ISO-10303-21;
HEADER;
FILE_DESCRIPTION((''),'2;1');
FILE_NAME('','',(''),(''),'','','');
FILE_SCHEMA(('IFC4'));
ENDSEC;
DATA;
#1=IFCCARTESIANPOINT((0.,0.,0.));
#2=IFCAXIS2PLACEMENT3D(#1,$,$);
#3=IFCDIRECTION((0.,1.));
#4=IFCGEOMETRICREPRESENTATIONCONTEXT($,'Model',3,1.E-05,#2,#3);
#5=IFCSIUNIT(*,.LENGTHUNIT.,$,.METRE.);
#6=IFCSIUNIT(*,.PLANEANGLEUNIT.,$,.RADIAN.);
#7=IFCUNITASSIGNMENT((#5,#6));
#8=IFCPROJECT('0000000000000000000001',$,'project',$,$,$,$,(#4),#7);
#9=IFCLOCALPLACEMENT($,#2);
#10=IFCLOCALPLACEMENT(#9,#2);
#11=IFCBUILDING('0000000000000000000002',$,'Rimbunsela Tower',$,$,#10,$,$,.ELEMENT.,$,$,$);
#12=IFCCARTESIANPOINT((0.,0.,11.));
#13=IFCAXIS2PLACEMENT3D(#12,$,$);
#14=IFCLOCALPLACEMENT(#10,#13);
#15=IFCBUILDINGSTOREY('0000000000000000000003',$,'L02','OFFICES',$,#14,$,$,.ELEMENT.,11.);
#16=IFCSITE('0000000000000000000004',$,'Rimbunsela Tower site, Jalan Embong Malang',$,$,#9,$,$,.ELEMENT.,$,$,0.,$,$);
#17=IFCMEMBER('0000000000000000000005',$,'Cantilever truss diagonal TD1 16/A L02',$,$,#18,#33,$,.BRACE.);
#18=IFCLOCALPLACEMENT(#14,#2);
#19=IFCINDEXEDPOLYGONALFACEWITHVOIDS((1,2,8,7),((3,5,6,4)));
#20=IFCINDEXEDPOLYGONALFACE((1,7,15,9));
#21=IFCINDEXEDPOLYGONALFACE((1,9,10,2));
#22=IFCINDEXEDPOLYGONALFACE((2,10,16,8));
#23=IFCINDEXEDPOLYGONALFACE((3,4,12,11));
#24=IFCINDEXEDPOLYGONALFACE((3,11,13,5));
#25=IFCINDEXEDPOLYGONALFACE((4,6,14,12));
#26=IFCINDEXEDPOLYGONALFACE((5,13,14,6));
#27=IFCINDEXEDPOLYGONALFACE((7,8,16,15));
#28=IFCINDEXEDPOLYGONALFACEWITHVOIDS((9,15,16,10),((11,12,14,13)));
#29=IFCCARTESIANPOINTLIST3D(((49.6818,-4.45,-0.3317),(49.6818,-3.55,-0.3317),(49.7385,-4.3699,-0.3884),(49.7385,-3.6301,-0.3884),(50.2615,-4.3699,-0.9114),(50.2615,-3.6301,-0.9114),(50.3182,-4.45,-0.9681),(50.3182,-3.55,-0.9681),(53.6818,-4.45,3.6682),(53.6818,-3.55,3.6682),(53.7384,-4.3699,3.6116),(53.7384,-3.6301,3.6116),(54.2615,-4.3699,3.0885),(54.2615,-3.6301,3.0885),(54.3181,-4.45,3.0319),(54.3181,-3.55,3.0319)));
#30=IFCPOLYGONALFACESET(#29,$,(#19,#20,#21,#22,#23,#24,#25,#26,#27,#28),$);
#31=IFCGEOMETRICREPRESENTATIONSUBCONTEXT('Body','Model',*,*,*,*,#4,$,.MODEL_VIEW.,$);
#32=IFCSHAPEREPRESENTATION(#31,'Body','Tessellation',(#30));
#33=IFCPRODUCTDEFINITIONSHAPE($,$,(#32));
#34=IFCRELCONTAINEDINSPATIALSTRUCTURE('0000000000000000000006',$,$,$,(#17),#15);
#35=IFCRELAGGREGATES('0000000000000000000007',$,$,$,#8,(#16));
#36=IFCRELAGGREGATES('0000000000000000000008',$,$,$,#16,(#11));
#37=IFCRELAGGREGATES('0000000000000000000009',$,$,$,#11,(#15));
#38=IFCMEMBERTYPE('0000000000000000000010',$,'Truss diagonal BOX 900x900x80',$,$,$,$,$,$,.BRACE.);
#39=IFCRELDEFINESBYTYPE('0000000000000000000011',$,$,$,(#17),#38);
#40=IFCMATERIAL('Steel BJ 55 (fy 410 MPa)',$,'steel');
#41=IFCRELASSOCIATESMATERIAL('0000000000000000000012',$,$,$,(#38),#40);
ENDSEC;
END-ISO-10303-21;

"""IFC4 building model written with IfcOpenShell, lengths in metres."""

from ifc_helpers import new_model, si_unit, direction, frame, origin, origin_2d, place, context, subcontext, project, spatial, hollow_rectangle, extrude, material, material_profile, profile_set, type_object, element, save


model = new_model("IFC4")

# Units and contexts
model_context = context("Model", 3, precision=1e-05, world=origin(), true_north=direction((0.0, 1.0)))
body_context = subcontext(model_context, "Body", "Model", "MODEL_VIEW")
ifc_project = project(units=[si_unit("LENGTHUNIT", "METRE"), si_unit("PLANEANGLEUNIT", "RADIAN")], contexts=[model_context])

# Site, building, storey
site_placement = place(None, origin())
site = spatial("IfcSite", under=ifc_project, at=site_placement, Name="Rimbunsela Tower site, Jalan Embong Malang", CompositionType="ELEMENT", RefElevation=0.0)
building_placement = place(site_placement, origin())
building = spatial("IfcBuilding", under=site, at=building_placement, Name="Rimbunsela Tower", CompositionType="ELEMENT")
storey_placement = place(building_placement, frame((0.0, 0.0, 11.0)))
storey = spatial("IfcBuildingStorey", under=building, at=storey_placement, Name="L02", Description="OFFICES", CompositionType="ELEMENT", Elevation=11.0)

# Member
ifc_material_1 = material(Name="Steel BJ 55 (fy 410 MPa)", Category="steel")
ifc_material_profile_1 = material_profile(ifc_material_1, hollow_rectangle(XDim=0.8999, YDim=0.8999, WallThickness=0.0801, at=origin_2d()), Name="BOX 900x900x80")
ifc_profile_set_1 = profile_set([ifc_material_profile_1], Name="Steel BJ 55 (fy 410 MPa)")
member_type_1 = type_object("IfcMemberType", Name="Truss diagonal BOX 900x900x80", PredefinedType="BRACE", material=ifc_profile_set_1)
for number, where, z_axis, x_axis, name in (
    (1, (50.0, -4.0, -0.6499), (0.707107, 0.0, 0.707107), (0.0, 1.0, 0.0), "Cantilever truss diagonal TD1 16/A L02"),
):
    element("IfcMember", number, at=place(storey_placement, frame(where, z_axis=z_axis, x_axis=x_axis)), inside=storey, type_object=member_type_1, Name=name, PredefinedType="BRACE", context=body_context, shape_type="SweptSolid", body=[
        extrude(hollow_rectangle(XDim=0.8999, YDim=0.8999, WallThickness=0.0801, at=origin_2d()), origin(), (0.0, 0.0, 1.0), 5.6567),
    ])

save(model, "model.ifc")
